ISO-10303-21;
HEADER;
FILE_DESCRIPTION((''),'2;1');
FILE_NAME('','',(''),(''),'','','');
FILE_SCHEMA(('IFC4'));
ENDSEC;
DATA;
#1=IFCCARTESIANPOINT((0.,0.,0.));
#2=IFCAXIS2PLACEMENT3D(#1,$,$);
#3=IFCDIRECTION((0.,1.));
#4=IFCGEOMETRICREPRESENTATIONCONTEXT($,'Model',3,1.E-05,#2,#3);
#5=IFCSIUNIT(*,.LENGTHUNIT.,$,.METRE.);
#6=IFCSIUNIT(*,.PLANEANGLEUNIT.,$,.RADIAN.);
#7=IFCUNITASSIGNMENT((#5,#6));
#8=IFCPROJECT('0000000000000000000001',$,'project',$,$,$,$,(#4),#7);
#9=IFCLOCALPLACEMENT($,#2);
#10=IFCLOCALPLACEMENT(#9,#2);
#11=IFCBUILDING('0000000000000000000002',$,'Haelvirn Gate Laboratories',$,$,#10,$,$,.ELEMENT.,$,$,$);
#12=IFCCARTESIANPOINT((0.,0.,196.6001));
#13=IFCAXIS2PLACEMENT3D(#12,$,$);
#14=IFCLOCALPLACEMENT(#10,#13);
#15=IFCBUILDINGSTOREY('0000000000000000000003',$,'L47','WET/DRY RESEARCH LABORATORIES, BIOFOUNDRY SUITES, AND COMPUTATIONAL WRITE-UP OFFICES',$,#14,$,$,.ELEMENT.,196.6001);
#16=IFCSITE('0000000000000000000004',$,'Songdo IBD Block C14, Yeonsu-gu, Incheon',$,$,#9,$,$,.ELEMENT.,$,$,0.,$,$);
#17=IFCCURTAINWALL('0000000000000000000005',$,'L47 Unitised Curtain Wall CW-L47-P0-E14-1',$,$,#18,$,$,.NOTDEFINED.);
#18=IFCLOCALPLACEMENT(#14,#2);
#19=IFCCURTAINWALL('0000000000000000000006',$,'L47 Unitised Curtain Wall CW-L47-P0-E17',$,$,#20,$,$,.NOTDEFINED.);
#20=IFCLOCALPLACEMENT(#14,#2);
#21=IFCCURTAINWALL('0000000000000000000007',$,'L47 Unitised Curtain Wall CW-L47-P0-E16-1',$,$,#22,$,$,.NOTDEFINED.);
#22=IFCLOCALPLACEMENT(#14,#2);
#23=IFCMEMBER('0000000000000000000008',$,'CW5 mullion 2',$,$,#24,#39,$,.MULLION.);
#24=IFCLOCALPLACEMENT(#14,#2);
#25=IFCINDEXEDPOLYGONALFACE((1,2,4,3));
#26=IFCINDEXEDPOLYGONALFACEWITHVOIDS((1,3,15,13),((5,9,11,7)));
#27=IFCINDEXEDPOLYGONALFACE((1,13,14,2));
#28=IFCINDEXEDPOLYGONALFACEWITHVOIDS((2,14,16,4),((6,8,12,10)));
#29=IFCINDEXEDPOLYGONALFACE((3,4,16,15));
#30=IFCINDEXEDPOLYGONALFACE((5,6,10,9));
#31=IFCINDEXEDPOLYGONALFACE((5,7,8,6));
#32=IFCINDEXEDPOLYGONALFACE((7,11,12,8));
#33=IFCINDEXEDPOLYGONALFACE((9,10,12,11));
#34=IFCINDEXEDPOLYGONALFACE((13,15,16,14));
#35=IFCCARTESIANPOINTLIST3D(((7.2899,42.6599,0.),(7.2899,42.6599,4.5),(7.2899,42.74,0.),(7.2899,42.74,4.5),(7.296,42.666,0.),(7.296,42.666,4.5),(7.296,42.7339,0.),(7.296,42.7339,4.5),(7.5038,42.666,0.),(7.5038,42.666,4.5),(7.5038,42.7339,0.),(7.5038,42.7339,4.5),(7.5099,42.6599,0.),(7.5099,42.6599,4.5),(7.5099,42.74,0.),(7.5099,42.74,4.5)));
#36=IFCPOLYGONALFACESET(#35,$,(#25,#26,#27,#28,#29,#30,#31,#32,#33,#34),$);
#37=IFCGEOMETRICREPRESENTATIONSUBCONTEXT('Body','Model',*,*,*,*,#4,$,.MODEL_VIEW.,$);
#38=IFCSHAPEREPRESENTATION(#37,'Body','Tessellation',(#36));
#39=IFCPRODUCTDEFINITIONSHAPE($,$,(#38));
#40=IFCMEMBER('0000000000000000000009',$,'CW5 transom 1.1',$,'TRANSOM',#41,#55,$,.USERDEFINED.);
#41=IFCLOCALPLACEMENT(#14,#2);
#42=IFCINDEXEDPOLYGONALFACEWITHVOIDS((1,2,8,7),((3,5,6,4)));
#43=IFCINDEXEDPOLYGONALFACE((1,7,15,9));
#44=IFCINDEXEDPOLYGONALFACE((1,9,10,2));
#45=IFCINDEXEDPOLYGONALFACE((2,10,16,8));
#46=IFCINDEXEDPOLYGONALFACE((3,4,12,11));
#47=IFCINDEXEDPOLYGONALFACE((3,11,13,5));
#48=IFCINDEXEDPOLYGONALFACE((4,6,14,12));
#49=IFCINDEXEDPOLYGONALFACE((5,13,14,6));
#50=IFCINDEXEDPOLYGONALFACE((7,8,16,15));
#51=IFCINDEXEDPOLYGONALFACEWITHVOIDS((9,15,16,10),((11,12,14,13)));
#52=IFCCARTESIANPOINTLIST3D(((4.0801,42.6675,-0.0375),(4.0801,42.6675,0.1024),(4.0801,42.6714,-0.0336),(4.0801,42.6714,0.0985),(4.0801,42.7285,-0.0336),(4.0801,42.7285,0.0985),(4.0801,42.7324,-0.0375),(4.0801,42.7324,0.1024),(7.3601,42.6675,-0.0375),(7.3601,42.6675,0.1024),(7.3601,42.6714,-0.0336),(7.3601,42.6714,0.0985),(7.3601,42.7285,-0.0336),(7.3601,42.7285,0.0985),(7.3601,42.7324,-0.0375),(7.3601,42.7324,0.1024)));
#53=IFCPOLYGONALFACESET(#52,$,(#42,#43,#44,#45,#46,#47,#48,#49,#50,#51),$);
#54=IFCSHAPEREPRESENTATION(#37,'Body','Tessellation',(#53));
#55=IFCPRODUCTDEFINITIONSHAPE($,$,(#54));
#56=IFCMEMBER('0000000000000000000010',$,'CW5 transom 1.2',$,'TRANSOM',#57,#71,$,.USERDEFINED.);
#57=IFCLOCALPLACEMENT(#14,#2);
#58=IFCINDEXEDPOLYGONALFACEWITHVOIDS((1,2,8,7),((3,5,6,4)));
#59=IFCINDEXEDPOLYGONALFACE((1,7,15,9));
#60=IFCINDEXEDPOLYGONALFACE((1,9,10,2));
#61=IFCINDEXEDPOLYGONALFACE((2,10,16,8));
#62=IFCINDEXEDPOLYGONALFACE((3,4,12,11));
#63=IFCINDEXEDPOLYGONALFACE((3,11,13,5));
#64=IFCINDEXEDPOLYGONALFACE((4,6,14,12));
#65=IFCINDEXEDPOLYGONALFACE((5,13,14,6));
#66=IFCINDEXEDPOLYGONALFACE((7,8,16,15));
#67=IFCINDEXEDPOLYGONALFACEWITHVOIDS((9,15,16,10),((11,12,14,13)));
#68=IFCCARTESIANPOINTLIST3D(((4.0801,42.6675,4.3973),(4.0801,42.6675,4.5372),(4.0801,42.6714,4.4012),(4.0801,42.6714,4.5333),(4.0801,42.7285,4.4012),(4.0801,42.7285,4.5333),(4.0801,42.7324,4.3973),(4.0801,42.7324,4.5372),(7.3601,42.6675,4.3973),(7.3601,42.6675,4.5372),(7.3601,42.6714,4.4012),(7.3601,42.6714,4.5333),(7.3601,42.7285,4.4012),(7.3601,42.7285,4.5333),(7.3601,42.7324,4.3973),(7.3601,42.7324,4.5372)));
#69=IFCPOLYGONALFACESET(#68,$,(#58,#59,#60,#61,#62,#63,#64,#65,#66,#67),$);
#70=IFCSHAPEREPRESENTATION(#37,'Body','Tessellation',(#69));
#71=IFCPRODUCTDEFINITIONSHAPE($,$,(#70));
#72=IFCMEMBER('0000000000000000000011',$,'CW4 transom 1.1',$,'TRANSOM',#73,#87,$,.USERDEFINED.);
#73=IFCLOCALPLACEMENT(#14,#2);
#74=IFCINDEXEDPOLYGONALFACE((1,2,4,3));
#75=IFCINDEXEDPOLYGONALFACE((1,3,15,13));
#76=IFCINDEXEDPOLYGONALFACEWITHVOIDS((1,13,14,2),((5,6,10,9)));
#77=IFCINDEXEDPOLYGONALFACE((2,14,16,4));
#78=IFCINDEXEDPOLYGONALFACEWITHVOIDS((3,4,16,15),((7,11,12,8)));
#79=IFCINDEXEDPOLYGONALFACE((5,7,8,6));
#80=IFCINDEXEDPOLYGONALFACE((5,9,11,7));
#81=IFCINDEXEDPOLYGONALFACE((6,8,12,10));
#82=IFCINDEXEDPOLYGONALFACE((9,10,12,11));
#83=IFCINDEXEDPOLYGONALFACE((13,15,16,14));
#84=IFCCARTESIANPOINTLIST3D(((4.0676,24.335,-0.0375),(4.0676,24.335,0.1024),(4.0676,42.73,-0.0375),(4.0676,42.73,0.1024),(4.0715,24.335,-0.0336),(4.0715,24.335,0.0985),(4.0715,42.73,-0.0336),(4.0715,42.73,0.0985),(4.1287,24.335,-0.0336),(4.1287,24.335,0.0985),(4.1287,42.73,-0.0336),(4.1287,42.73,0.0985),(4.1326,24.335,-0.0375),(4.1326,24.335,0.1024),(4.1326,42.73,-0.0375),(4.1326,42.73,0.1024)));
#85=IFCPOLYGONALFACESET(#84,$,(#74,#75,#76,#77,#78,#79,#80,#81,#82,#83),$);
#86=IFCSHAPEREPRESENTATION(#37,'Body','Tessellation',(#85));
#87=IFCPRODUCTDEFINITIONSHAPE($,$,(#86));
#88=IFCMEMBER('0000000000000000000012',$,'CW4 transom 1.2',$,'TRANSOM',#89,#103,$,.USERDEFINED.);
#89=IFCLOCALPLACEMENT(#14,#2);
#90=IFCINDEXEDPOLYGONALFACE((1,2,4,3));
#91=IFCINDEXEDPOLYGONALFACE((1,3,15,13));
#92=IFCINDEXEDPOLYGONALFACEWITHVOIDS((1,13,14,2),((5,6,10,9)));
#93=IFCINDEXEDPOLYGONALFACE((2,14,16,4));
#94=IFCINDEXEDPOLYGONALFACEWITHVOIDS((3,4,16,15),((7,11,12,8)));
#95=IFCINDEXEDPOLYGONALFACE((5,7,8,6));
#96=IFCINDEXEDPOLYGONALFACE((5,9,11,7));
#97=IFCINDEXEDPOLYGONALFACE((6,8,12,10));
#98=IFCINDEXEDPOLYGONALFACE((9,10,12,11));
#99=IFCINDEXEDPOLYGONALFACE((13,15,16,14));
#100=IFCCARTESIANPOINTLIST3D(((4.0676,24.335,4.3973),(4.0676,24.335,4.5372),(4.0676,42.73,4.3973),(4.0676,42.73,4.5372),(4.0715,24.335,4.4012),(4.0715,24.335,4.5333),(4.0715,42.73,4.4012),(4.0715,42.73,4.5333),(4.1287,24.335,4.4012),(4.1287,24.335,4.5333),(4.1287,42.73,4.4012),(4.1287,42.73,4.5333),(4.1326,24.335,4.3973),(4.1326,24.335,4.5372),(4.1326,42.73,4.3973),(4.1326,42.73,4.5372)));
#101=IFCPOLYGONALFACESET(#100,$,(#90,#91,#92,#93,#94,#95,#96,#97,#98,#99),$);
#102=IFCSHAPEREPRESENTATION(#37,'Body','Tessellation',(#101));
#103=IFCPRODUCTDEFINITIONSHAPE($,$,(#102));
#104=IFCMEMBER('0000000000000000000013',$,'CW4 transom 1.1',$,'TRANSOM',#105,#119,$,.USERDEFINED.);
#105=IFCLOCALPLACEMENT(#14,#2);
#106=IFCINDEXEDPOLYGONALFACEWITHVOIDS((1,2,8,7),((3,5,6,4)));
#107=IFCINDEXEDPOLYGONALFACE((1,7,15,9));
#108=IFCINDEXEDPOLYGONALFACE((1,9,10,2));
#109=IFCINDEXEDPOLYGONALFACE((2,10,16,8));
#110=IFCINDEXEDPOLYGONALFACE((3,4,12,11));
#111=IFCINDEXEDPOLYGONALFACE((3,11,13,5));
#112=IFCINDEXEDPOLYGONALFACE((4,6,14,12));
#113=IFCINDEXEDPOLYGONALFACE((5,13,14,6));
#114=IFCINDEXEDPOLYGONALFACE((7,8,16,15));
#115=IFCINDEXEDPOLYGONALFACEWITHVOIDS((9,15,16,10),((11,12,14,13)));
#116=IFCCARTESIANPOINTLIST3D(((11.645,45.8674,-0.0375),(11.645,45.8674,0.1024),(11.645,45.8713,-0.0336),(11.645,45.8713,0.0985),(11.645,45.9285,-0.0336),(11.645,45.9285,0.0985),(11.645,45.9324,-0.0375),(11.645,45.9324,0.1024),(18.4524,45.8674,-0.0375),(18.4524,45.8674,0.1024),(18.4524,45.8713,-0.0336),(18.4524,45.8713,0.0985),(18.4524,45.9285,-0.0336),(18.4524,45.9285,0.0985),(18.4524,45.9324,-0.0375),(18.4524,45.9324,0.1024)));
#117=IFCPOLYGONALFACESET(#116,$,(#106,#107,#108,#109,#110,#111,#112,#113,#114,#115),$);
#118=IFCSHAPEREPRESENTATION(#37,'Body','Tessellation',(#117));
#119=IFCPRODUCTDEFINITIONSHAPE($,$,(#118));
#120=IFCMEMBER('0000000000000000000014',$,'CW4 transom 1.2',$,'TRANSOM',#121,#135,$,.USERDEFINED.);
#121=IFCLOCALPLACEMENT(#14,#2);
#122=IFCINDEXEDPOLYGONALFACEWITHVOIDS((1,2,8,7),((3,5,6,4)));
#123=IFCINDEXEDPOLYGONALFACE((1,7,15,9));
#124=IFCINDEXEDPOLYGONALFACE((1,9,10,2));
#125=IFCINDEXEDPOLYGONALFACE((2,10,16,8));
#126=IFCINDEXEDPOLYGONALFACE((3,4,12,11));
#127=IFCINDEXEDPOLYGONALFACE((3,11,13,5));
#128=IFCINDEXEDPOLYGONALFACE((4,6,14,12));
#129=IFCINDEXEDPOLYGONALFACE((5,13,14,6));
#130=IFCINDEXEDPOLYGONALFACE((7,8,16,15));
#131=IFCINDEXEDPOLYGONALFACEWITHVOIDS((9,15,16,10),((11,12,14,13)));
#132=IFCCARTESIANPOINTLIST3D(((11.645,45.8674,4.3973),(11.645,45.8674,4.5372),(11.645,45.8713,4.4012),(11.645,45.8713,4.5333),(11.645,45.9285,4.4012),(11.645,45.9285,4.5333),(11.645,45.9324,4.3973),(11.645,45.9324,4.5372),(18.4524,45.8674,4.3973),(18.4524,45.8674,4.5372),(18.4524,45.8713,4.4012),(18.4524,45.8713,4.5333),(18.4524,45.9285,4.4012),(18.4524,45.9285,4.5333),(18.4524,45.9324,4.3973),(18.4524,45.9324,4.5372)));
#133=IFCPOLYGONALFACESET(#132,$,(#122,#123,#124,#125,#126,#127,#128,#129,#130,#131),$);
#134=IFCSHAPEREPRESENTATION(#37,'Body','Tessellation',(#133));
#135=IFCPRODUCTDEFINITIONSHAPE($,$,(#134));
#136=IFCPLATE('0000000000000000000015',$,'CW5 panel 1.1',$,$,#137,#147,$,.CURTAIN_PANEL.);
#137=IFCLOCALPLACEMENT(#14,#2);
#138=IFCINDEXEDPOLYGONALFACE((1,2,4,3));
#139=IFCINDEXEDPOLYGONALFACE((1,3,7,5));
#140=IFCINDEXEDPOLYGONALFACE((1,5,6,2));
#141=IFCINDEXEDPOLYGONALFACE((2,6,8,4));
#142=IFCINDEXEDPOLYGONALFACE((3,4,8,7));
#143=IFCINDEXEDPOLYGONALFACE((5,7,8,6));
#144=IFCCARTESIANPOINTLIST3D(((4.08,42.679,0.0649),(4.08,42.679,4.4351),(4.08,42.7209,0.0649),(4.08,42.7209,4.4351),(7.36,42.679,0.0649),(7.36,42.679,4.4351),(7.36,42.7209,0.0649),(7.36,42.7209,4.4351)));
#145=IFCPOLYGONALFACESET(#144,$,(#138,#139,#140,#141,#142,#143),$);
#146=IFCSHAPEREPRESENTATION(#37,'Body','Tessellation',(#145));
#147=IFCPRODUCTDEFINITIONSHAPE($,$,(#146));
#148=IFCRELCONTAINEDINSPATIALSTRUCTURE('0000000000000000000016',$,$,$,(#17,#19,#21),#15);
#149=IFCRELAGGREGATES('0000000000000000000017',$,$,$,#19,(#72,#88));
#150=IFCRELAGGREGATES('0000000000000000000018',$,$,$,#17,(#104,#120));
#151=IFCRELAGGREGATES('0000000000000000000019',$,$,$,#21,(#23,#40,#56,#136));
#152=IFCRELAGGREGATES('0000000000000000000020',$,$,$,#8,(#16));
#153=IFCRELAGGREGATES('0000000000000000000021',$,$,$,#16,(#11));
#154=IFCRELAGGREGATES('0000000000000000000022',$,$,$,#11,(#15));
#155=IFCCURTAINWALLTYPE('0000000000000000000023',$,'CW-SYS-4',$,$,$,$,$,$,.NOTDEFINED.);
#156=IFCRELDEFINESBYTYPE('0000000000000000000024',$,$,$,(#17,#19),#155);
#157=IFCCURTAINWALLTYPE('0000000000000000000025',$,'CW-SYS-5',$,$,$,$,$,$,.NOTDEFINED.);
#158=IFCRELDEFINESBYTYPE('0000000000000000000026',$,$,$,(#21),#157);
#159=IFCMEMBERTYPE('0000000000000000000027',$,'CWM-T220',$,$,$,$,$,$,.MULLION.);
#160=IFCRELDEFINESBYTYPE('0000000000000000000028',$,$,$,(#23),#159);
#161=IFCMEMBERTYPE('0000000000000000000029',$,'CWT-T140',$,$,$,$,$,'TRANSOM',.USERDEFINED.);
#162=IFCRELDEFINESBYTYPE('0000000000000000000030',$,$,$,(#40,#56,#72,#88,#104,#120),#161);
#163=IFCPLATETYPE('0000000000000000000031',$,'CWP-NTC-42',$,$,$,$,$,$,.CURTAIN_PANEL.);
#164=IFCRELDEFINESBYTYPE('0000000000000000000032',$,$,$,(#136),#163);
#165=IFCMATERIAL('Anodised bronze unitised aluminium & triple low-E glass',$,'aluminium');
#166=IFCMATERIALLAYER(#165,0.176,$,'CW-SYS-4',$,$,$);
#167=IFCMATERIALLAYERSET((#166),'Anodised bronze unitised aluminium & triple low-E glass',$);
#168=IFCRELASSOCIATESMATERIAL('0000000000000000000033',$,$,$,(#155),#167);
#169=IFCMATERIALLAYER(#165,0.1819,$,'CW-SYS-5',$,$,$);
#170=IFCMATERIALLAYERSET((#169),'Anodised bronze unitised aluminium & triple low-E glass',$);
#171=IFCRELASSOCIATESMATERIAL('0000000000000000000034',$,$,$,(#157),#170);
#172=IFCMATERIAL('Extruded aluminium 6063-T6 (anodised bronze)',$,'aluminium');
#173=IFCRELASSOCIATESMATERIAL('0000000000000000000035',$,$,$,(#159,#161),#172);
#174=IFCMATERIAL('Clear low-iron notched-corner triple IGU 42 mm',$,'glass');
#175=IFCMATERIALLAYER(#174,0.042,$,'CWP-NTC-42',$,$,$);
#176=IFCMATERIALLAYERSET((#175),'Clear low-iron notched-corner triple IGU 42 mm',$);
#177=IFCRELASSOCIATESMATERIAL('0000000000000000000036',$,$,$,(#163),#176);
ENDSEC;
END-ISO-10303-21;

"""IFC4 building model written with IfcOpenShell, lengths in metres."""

from ifc_helpers import new_model, si_unit, direction, frame, origin, origin_2d, place, context, subcontext, project, spatial, rectangle, hollow_rectangle, extrude, source, transform, mapped, material, layer, layer_set, material_profile, profile_set, type_object, type_shapes, element, aggregate, save


model = new_model("IFC4")

# Units and contexts
model_context = context("Model", 3, precision=1e-05, world=origin(), true_north=direction((0.0, 1.0)))
body_context = subcontext(model_context, "Body", "Model", "MODEL_VIEW")
ifc_project = project(units=[si_unit("LENGTHUNIT", "METRE"), si_unit("PLANEANGLEUNIT", "RADIAN")], contexts=[model_context])

# Site, building, storey
site_placement = place(None, origin())
site = spatial("IfcSite", under=ifc_project, at=site_placement, Name="Songdo IBD Block C14, Yeonsu-gu, Incheon", CompositionType="ELEMENT", RefElevation=0.0)
building_placement = place(site_placement, origin())
building = spatial("IfcBuilding", under=site, at=building_placement, Name="Haelvirn Gate Laboratories", CompositionType="ELEMENT")
storey_placement = place(building_placement, frame((0.0, 0.0, 196.6001)))
storey = spatial("IfcBuildingStorey", under=building, at=storey_placement, Name="L47", Description="WET/DRY RESEARCH LABORATORIES, BIOFOUNDRY SUITES, AND COMPUTATIONAL WRITE-UP OFFICES", CompositionType="ELEMENT", Elevation=196.6001)

# Curtain walls
ifc_material_1 = material(Name="Anodised bronze unitised aluminium & triple low-E glass", Category="aluminium")
ifc_layer_1 = layer(ifc_material_1, 0.176, Name="CW-SYS-4")
ifc_layer_set_1 = layer_set([ifc_layer_1], Name="Anodised bronze unitised aluminium & triple low-E glass")
curtain_wall_type_1 = type_object("IfcCurtainWallType", Name="CW-SYS-4", PredefinedType="NOTDEFINED", material=ifc_layer_set_1)
curtain_wall_1_placement = place(storey_placement, origin())
curtain_wall_1 = element("IfcCurtainWall", 1, at=curtain_wall_1_placement, inside=storey, type_object=curtain_wall_type_1, Name="L47 Unitised Curtain Wall CW-L47-P0-E14-1", PredefinedType="NOTDEFINED")
ifc_material_2 = material(Name="Extruded aluminium 6063-T6 (anodised bronze)", Category="aluminium")
curtain_wall_2_placement = place(storey_placement, origin())
curtain_wall_2 = element("IfcCurtainWall", 2, at=curtain_wall_2_placement, inside=storey, type_object=curtain_wall_type_1, Name="L47 Unitised Curtain Wall CW-L47-P0-E17", PredefinedType="NOTDEFINED")

# Curtain wall, members
ifc_layer_2 = layer(ifc_material_1, 0.1819, Name="CW-SYS-5")
ifc_layer_set_2 = layer_set([ifc_layer_2], Name="Anodised bronze unitised aluminium & triple low-E glass")
curtain_wall_type_2 = type_object("IfcCurtainWallType", Name="CW-SYS-5", PredefinedType="NOTDEFINED", material=ifc_layer_set_2)
curtain_wall_3_placement = place(storey_placement, origin())
curtain_wall_3 = element("IfcCurtainWall", 3, at=curtain_wall_3_placement, inside=storey, type_object=curtain_wall_type_2, Name="L47 Unitised Curtain Wall CW-L47-P0-E16-1", PredefinedType="NOTDEFINED")
ifc_material_profile_1 = material_profile(ifc_material_2, hollow_rectangle(XDim=0.0801, YDim=0.22, WallThickness=0.0061, at=origin_2d()), Name="CWM-220x80x6")
ifc_profile_set_1 = profile_set([ifc_material_profile_1], Name="Extruded aluminium 6063-T6 (anodised bronze)")
member_type_1 = type_object("IfcMemberType", Name="CWM-T220", PredefinedType="MULLION", material=ifc_profile_set_1)
shared_shape_1 = source(origin(), body_context, "Body", "SweptSolid", [
    extrude(hollow_rectangle(XDim=0.0801, YDim=0.22, WallThickness=0.0061, at=origin_2d()), origin(), (0.0, 0.0, 1.0), 4.5),
])
type_shapes(member_type_1, [shared_shape_1])
member_1_placement = place(storey_placement, frame((7.3999, 42.7, 0.0), z_axis=(0.0, 0.0, 1.0), x_axis=(0.0, 1.0, 0.0)))
member_1 = element("IfcMember", 4, at=member_1_placement, type_object=member_type_1, Name="CW5 mullion 2", PredefinedType="MULLION", context=body_context, shape_type="MappedRepresentation", body=[
    mapped(shared_shape_1, transform((0.0, 0.0, 0.0), scale=1.0)),
])
ifc_material_profile_2 = material_profile(ifc_material_2, hollow_rectangle(XDim=0.0649, YDim=0.1399, WallThickness=0.0039, at=origin_2d()), Name="CWT-140x65x4")
ifc_profile_set_2 = profile_set([ifc_material_profile_2], Name="Extruded aluminium 6063-T6 (anodised bronze)")
member_type_2 = type_object("IfcMemberType", Name="CWT-T140", ElementType="TRANSOM", PredefinedType="USERDEFINED", material=ifc_profile_set_2)
shared_shape_2 = source(origin(), body_context, "Body", "SweptSolid", [
    extrude(hollow_rectangle(XDim=0.0649, YDim=0.1399, WallThickness=0.0039, at=origin_2d()), origin(), (0.0, 0.0, 1.0), 3.28),
])
member_2_placement = place(storey_placement, frame((4.0801, 42.7, 0.0325), z_axis=(1.0, 0.0, 0.0), x_axis=(0.0, 1.0, 0.0)))
member_2 = element("IfcMember", 5, at=member_2_placement, type_object=member_type_2, Name="CW5 transom 1.1", ObjectType="TRANSOM", PredefinedType="USERDEFINED", context=body_context, shape_type="MappedRepresentation", body=[
    mapped(shared_shape_2, transform((0.0, 0.0, 0.0), scale=1.0)),
])
member_3_placement = place(storey_placement, frame((4.0801, 42.7, 4.4673), z_axis=(1.0, 0.0, 0.0), x_axis=(0.0, 1.0, 0.0)))
member_3 = element("IfcMember", 6, at=member_3_placement, type_object=member_type_2, Name="CW5 transom 1.2", ObjectType="TRANSOM", PredefinedType="USERDEFINED", context=body_context, shape_type="MappedRepresentation", body=[
    mapped(shared_shape_2, transform((0.0, 0.0, 0.0), scale=1.0)),
])

# Members
shared_shape_3 = source(origin(), body_context, "Body", "SweptSolid", [
    extrude(hollow_rectangle(XDim=0.0649, YDim=0.1399, WallThickness=0.0039, at=origin_2d()), origin(), (0.0, 0.0, 1.0), 18.395),
])
member_4_placement = place(storey_placement, frame((4.1001, 42.73, 0.0325), z_axis=(0.0, -1.0, 0.0), x_axis=(1.0, 0.0, 0.0)))
member_4 = element("IfcMember", 7, at=member_4_placement, type_object=member_type_2, Name="CW4 transom 1.1", ObjectType="TRANSOM", PredefinedType="USERDEFINED", context=body_context, shape_type="MappedRepresentation", body=[
    mapped(shared_shape_3, transform((0.0, 0.0, 0.0), scale=1.0)),
])
member_5_placement = place(storey_placement, frame((4.1001, 42.73, 4.4673), z_axis=(0.0, -1.0, 0.0), x_axis=(1.0, 0.0, 0.0)))
member_5 = element("IfcMember", 8, at=member_5_placement, type_object=member_type_2, Name="CW4 transom 1.2", ObjectType="TRANSOM", PredefinedType="USERDEFINED", context=body_context, shape_type="MappedRepresentation", body=[
    mapped(shared_shape_3, transform((0.0, 0.0, 0.0), scale=1.0)),
])
aggregate(curtain_wall_2, [member_4, member_5])
shared_shape_4 = source(origin(), body_context, "Body", "SweptSolid", [
    extrude(hollow_rectangle(XDim=0.0649, YDim=0.1399, WallThickness=0.0039, at=origin_2d()), origin(), (0.0, 0.0, 1.0), 6.8074),
])
type_shapes(member_type_2, [shared_shape_2, shared_shape_3, shared_shape_4])
member_6_placement = place(storey_placement, frame((11.645, 45.8999, 0.0325), z_axis=(1.0, 0.0, 0.0), x_axis=(0.0, 1.0, 0.0)))
member_6 = element("IfcMember", 9, at=member_6_placement, type_object=member_type_2, Name="CW4 transom 1.1", ObjectType="TRANSOM", PredefinedType="USERDEFINED", context=body_context, shape_type="MappedRepresentation", body=[
    mapped(shared_shape_4, transform((0.0, 0.0, 0.0), scale=1.0)),
])
member_7_placement = place(storey_placement, frame((11.645, 45.8999, 4.4673), z_axis=(1.0, 0.0, 0.0), x_axis=(0.0, 1.0, 0.0)))
member_7 = element("IfcMember", 10, at=member_7_placement, type_object=member_type_2, Name="CW4 transom 1.2", ObjectType="TRANSOM", PredefinedType="USERDEFINED", context=body_context, shape_type="MappedRepresentation", body=[
    mapped(shared_shape_4, transform((0.0, 0.0, 0.0), scale=1.0)),
])
aggregate(curtain_wall_1, [member_6, member_7])

# Plate
ifc_material_3 = material(Name="Clear low-iron notched-corner triple IGU 42 mm", Category="glass")
ifc_layer_3 = layer(ifc_material_3, 0.042, Name="CWP-NTC-42")
ifc_layer_set_3 = layer_set([ifc_layer_3], Name="Clear low-iron notched-corner triple IGU 42 mm")
plate_type = type_object("IfcPlateType", Name="CWP-NTC-42", PredefinedType="CURTAIN_PANEL", material=ifc_layer_set_3)
shared_shape_5 = source(origin(), body_context, "Body", "SweptSolid", [
    extrude(rectangle(XDim=3.28, YDim=0.042, at=origin_2d()), origin(), (0.0, 0.0, 1.0), 4.3701),
])
type_shapes(plate_type, [shared_shape_5])
plate_placement = place(storey_placement, frame((5.72, 42.7, 0.0649), z_axis=(0.0, 0.0, 1.0), x_axis=(1.0, 0.0, 0.0)))
plate = element("IfcPlate", 11, at=plate_placement, type_object=plate_type, Name="CW5 panel 1.1", PredefinedType="CURTAIN_PANEL", context=body_context, shape_type="MappedRepresentation", body=[
    mapped(shared_shape_5, transform((0.0, 0.0, 0.0), scale=1.0)),
])
aggregate(curtain_wall_3, [member_1, member_2, member_3, plate])

save(model, "model.ifc")
